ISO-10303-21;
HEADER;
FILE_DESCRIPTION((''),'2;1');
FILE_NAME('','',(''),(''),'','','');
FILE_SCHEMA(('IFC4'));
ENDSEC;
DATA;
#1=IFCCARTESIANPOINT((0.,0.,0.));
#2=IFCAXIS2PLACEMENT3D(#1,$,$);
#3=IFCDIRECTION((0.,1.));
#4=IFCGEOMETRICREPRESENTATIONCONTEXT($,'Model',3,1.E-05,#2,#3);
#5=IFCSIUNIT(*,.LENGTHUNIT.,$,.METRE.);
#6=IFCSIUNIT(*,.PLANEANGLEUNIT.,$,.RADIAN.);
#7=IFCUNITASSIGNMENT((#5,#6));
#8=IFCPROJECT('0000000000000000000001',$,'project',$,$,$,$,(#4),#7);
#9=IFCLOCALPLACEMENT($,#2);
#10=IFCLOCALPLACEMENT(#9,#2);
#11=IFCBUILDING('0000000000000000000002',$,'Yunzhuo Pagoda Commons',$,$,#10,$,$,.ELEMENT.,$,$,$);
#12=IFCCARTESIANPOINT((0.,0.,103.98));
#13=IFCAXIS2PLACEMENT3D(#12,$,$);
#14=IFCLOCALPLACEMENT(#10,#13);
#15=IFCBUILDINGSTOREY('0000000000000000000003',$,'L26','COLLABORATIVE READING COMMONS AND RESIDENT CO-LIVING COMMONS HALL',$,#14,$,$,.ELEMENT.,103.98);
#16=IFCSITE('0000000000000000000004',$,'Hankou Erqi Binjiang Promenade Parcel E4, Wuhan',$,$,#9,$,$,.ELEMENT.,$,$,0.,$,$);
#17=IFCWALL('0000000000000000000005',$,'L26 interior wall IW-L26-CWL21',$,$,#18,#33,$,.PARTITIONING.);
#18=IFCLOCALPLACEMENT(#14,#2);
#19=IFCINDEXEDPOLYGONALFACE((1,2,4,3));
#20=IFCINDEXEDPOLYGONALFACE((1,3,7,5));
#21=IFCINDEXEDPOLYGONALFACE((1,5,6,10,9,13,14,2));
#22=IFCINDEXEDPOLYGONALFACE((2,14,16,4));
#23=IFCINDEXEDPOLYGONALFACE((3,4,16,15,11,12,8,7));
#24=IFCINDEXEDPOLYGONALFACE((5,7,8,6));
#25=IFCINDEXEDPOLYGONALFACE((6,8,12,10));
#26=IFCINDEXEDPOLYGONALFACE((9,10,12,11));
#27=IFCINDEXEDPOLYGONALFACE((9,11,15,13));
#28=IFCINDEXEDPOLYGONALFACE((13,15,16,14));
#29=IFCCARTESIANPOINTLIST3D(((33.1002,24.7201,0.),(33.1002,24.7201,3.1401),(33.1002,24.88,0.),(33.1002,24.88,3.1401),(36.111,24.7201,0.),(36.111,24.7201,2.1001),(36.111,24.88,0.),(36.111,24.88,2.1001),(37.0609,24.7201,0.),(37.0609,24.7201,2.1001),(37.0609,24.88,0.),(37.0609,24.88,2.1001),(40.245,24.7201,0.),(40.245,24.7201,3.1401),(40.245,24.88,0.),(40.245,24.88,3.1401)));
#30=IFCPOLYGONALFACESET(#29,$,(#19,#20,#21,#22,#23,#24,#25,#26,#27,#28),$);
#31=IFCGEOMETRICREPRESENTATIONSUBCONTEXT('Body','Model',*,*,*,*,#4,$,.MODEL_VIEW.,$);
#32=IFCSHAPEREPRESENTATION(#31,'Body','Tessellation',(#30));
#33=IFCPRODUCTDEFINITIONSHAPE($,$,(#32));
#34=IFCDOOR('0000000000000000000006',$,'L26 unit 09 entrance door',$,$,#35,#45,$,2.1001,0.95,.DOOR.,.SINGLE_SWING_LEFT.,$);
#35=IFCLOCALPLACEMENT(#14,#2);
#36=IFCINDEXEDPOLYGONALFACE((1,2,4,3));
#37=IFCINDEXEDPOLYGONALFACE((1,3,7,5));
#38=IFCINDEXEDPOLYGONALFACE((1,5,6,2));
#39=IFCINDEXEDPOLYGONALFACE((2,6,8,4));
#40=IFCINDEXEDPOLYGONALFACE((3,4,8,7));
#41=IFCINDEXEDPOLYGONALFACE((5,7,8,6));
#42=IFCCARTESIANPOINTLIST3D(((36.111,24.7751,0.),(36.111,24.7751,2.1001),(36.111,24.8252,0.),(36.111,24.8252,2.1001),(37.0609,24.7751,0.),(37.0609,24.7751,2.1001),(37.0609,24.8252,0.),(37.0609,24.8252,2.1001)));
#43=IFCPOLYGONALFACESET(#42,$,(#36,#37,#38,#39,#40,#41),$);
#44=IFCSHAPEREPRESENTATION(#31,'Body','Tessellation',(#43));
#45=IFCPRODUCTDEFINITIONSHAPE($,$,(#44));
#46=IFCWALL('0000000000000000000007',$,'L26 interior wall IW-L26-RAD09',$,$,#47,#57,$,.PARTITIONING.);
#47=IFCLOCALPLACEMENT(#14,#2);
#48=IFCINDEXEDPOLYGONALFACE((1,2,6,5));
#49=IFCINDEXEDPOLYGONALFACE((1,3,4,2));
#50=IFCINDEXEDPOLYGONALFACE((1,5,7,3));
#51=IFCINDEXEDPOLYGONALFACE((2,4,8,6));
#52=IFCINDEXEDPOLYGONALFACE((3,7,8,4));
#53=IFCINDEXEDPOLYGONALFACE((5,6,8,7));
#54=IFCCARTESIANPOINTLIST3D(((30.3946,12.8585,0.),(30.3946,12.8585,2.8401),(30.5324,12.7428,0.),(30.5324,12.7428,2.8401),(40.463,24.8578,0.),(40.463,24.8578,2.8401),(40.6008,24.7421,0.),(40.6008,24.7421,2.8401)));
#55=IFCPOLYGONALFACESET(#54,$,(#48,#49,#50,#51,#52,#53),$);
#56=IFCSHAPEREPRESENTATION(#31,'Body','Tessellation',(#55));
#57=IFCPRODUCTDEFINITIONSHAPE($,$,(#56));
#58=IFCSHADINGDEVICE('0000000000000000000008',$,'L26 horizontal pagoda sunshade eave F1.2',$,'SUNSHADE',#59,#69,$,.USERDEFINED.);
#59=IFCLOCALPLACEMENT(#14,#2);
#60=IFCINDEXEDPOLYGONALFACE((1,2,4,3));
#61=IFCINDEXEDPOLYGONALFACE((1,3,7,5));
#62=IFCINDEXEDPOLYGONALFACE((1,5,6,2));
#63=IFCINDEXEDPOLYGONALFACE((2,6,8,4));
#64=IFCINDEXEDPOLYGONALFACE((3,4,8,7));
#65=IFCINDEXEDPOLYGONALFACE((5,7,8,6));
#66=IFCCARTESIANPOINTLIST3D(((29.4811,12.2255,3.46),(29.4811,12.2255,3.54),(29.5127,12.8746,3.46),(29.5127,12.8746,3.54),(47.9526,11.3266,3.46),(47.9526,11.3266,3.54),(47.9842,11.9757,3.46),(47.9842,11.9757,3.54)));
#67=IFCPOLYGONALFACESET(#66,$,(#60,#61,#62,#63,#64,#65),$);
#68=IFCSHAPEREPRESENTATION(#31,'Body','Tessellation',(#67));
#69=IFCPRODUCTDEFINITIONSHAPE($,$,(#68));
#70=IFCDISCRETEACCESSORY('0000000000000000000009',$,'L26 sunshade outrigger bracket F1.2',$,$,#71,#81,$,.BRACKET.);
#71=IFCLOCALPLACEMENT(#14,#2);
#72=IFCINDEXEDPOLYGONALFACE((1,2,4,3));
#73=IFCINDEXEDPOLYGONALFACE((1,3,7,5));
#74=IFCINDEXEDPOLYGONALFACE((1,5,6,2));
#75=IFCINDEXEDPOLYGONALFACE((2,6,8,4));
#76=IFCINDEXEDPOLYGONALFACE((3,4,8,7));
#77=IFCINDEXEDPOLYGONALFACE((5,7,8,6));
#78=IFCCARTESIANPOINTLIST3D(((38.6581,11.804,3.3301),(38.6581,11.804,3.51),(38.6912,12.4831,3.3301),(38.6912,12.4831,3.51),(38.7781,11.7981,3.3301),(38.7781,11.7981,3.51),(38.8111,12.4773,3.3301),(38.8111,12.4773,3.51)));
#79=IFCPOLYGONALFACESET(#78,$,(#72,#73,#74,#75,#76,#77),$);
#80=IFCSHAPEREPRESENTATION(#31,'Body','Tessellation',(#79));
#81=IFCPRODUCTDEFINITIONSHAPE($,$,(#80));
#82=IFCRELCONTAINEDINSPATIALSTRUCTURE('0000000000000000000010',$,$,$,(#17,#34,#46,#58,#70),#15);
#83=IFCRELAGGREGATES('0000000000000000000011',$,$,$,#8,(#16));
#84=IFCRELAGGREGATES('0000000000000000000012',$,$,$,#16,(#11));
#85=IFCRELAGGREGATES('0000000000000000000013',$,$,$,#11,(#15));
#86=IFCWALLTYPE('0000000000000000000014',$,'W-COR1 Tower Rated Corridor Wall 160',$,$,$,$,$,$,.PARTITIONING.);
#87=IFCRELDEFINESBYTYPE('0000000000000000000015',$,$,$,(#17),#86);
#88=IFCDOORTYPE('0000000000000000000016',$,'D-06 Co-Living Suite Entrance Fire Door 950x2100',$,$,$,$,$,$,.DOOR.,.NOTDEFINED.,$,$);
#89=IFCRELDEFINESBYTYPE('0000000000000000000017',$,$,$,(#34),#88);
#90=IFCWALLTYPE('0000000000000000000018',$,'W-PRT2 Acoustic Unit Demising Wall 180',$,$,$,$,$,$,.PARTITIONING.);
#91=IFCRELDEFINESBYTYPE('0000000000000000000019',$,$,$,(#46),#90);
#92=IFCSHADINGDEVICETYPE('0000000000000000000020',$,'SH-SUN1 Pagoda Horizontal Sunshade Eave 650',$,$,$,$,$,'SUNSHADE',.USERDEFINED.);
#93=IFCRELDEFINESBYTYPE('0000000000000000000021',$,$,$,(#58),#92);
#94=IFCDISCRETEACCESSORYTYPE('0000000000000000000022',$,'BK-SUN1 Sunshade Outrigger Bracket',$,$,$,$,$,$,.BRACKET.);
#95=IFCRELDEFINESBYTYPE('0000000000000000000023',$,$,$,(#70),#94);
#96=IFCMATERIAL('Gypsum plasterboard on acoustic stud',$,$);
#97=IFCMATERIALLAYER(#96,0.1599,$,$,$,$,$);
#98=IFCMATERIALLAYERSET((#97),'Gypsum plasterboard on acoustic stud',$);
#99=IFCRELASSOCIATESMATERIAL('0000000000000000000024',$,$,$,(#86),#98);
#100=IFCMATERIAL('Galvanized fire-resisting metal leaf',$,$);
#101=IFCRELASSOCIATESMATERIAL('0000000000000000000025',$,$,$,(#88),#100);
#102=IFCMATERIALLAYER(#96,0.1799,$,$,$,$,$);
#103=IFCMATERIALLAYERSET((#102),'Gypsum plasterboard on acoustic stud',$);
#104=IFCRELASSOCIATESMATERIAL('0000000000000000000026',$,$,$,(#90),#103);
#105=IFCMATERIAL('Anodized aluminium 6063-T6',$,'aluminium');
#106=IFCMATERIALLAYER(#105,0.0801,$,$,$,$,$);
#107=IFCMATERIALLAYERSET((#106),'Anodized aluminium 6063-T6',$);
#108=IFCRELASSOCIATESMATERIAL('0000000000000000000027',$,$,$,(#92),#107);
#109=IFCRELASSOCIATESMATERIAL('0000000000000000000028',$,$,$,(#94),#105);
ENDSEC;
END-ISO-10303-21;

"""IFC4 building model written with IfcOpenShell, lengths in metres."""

from ifc_helpers import new_model, si_unit, direction, frame, frame_2d, origin, origin_with_axes, origin_2d, place, context, subcontext, project, spatial, rectangle, extrude, source, transform, mapped, material, layer, layer_set, type_object, element, fill, save


model = new_model("IFC4")

# Units and contexts
model_context = context("Model", 3, precision=1e-05, world=origin(), true_north=direction((0.0, 1.0)))
body_context = subcontext(model_context, "Body", "Model", "MODEL_VIEW")
ifc_project = project(units=[si_unit("LENGTHUNIT", "METRE"), si_unit("PLANEANGLEUNIT", "RADIAN")], contexts=[model_context])

# Site, building, storey
site_placement = place(None, origin())
site = spatial("IfcSite", under=ifc_project, at=site_placement, Name="Hankou Erqi Binjiang Promenade Parcel E4, Wuhan", CompositionType="ELEMENT", RefElevation=0.0)
building_placement = place(site_placement, origin())
building = spatial("IfcBuilding", under=site, at=building_placement, Name="Yunzhuo Pagoda Commons", CompositionType="ELEMENT")
storey_placement = place(building_placement, frame((0.0, 0.0, 103.98)))
storey = spatial("IfcBuildingStorey", under=building, at=storey_placement, Name="L26", Description="COLLABORATIVE READING COMMONS AND RESIDENT CO-LIVING COMMONS HALL", CompositionType="ELEMENT", Elevation=103.98)

# Shared definitions
ifc_material_1 = material(Name="Anodized aluminium 6063-T6", Category="aluminium")

# Wall, opening, door
ifc_material_2 = material(Name="Gypsum plasterboard on acoustic stud")
ifc_layer_1 = layer(ifc_material_2, 0.1599)
ifc_layer_set_1 = layer_set([ifc_layer_1], Name="Gypsum plasterboard on acoustic stud")
wall_type_1 = type_object("IfcWallType", Name="W-COR1 Tower Rated Corridor Wall 160", PredefinedType="PARTITIONING", material=ifc_layer_set_1)
wall_1_placement = place(storey_placement, frame((40.2449, 24.8, 0.0), z_axis=(0.0, 0.0, 1.0), x_axis=(-1.0, 0.0, 0.0)))
wall_1 = element("IfcWall", 1, at=wall_1_placement, inside=storey, type_object=wall_type_1, Name="L26 interior wall IW-L26-CWL21", PredefinedType="PARTITIONING", context=body_context, shape_type="SweptSolid", body=[
    extrude(rectangle(XDim=7.1448, YDim=0.1599, at=frame_2d((3.5723, 0.0))), origin(), (0.0, 0.0, 1.0), 3.1401),
])
opening_placement = place(wall_1_placement, frame((3.1838, 0.0, 0.0)))
opening = element("IfcOpeningElement", 2, at=opening_placement, cuts=wall_1, PredefinedType="OPENING", context=body_context, shape_type="SweptSolid", body=[
    extrude(rectangle(XDim=0.95, YDim=2.1001, at=frame_2d((0.4751, 1.05))), frame((0.0, 0.0898, 0.0), z_axis=(0.0, -1.0, 0.0), x_axis=(1.0, 0.0, 0.0)), (0.0, 0.0, 1.0), 0.1799),
])
ifc_material_3 = material(Name="Galvanized fire-resisting metal leaf")
door_type = type_object("IfcDoorType", Name="D-06 Co-Living Suite Entrance Fire Door 950x2100", OperationType="NOTDEFINED", PredefinedType="DOOR", material=ifc_material_3)
shared_shape_1 = source(origin(), body_context, "Body", "SweptSolid", [
    extrude(rectangle(XDim=0.95, YDim=2.1001, at=frame_2d((0.4751, 1.05))), frame((0.0, 0.0249, 0.0), z_axis=(0.0, -1.0, 0.0), x_axis=(1.0, 0.0, 0.0)), (0.0, 0.0, 1.0), 0.05),
])
door_placement = place(opening_placement, origin_with_axes())
door = element("IfcDoor", 3, at=door_placement, inside=storey, type_object=door_type, Name="L26 unit 09 entrance door", OperationType="SINGLE_SWING_LEFT", OverallHeight=2.1001, OverallWidth=0.95, PredefinedType="DOOR", context=body_context, shape_type="MappedRepresentation", body=[
    mapped(shared_shape_1, transform((0.0, 0.0, 0.0), scale=1.0)),
])
fill(opening, door)

# Wall
ifc_layer_2 = layer(ifc_material_2, 0.1799)
ifc_layer_set_2 = layer_set([ifc_layer_2], Name="Gypsum plasterboard on acoustic stud")
wall_type_2 = type_object("IfcWallType", Name="W-PRT2 Acoustic Unit Demising Wall 180", PredefinedType="PARTITIONING", material=ifc_layer_set_2)
wall_2_placement = place(storey_placement, frame((40.532, 24.8, 0.0), z_axis=(0.0, 0.0, 1.0), x_axis=(-0.642779, -0.766051, 0.0)))
element("IfcWall", 4, at=wall_2_placement, inside=storey, type_object=wall_type_2, Name="L26 interior wall IW-L26-RAD09", PredefinedType="PARTITIONING", context=body_context, shape_type="SweptSolid", body=[
    extrude(rectangle(XDim=15.6638, YDim=0.1799, at=frame_2d((7.832, 0.0))), origin(), (0.0, 0.0, 1.0), 2.8401),
])

# Shading device
ifc_layer_3 = layer(ifc_material_1, 0.0801)
ifc_layer_set_3 = layer_set([ifc_layer_3], Name="Anodized aluminium 6063-T6")
shading_device_type = type_object("IfcShadingDeviceType", Name="SH-SUN1 Pagoda Horizontal Sunshade Eave 650", ElementType="SUNSHADE", PredefinedType="USERDEFINED", material=ifc_layer_set_3)
shared_shape_2 = source(origin(), body_context, "Body", "SweptSolid", [
    extrude(rectangle(XDim=18.4934, YDim=0.6499, at=origin_2d()), origin(), (0.0, 0.0, 1.0), 0.0801),
])
shading_device_placement = place(storey_placement, frame((38.7327, 12.1006, 3.46), z_axis=(0.0, 0.0, 1.0), x_axis=(0.998818, -0.048606, 0.0)))
element("IfcShadingDevice", 5, at=shading_device_placement, inside=storey, type_object=shading_device_type, Name="L26 horizontal pagoda sunshade eave F1.2", ObjectType="SUNSHADE", PredefinedType="USERDEFINED", context=body_context, shape_type="MappedRepresentation", body=[
    mapped(shared_shape_2, transform((0.0, 0.0, 0.0), scale=1.0)),
])

# Discrete accessory
discrete_accessory_type = type_object("IfcDiscreteAccessoryType", Name="BK-SUN1 Sunshade Outrigger Bracket", PredefinedType="BRACKET", material=ifc_material_1)
shared_shape_3 = source(origin(), body_context, "Body", "SweptSolid", [
    extrude(rectangle(XDim=0.1201, YDim=0.6799, at=origin_2d()), origin(), (0.0, 0.0, 1.0), 0.1799),
])
discrete_accessory_placement = place(storey_placement, frame((38.7346, 12.1406, 3.3301), z_axis=(0.0, 0.0, 1.0), x_axis=(0.998818, -0.048606, 0.0)))
element("IfcDiscreteAccessory", 6, at=discrete_accessory_placement, inside=storey, type_object=discrete_accessory_type, Name="L26 sunshade outrigger bracket F1.2", PredefinedType="BRACKET", context=body_context, shape_type="MappedRepresentation", body=[
    mapped(shared_shape_3, transform((0.0, 0.0, 0.0), scale=1.0)),
])

save(model, "model.ifc")
